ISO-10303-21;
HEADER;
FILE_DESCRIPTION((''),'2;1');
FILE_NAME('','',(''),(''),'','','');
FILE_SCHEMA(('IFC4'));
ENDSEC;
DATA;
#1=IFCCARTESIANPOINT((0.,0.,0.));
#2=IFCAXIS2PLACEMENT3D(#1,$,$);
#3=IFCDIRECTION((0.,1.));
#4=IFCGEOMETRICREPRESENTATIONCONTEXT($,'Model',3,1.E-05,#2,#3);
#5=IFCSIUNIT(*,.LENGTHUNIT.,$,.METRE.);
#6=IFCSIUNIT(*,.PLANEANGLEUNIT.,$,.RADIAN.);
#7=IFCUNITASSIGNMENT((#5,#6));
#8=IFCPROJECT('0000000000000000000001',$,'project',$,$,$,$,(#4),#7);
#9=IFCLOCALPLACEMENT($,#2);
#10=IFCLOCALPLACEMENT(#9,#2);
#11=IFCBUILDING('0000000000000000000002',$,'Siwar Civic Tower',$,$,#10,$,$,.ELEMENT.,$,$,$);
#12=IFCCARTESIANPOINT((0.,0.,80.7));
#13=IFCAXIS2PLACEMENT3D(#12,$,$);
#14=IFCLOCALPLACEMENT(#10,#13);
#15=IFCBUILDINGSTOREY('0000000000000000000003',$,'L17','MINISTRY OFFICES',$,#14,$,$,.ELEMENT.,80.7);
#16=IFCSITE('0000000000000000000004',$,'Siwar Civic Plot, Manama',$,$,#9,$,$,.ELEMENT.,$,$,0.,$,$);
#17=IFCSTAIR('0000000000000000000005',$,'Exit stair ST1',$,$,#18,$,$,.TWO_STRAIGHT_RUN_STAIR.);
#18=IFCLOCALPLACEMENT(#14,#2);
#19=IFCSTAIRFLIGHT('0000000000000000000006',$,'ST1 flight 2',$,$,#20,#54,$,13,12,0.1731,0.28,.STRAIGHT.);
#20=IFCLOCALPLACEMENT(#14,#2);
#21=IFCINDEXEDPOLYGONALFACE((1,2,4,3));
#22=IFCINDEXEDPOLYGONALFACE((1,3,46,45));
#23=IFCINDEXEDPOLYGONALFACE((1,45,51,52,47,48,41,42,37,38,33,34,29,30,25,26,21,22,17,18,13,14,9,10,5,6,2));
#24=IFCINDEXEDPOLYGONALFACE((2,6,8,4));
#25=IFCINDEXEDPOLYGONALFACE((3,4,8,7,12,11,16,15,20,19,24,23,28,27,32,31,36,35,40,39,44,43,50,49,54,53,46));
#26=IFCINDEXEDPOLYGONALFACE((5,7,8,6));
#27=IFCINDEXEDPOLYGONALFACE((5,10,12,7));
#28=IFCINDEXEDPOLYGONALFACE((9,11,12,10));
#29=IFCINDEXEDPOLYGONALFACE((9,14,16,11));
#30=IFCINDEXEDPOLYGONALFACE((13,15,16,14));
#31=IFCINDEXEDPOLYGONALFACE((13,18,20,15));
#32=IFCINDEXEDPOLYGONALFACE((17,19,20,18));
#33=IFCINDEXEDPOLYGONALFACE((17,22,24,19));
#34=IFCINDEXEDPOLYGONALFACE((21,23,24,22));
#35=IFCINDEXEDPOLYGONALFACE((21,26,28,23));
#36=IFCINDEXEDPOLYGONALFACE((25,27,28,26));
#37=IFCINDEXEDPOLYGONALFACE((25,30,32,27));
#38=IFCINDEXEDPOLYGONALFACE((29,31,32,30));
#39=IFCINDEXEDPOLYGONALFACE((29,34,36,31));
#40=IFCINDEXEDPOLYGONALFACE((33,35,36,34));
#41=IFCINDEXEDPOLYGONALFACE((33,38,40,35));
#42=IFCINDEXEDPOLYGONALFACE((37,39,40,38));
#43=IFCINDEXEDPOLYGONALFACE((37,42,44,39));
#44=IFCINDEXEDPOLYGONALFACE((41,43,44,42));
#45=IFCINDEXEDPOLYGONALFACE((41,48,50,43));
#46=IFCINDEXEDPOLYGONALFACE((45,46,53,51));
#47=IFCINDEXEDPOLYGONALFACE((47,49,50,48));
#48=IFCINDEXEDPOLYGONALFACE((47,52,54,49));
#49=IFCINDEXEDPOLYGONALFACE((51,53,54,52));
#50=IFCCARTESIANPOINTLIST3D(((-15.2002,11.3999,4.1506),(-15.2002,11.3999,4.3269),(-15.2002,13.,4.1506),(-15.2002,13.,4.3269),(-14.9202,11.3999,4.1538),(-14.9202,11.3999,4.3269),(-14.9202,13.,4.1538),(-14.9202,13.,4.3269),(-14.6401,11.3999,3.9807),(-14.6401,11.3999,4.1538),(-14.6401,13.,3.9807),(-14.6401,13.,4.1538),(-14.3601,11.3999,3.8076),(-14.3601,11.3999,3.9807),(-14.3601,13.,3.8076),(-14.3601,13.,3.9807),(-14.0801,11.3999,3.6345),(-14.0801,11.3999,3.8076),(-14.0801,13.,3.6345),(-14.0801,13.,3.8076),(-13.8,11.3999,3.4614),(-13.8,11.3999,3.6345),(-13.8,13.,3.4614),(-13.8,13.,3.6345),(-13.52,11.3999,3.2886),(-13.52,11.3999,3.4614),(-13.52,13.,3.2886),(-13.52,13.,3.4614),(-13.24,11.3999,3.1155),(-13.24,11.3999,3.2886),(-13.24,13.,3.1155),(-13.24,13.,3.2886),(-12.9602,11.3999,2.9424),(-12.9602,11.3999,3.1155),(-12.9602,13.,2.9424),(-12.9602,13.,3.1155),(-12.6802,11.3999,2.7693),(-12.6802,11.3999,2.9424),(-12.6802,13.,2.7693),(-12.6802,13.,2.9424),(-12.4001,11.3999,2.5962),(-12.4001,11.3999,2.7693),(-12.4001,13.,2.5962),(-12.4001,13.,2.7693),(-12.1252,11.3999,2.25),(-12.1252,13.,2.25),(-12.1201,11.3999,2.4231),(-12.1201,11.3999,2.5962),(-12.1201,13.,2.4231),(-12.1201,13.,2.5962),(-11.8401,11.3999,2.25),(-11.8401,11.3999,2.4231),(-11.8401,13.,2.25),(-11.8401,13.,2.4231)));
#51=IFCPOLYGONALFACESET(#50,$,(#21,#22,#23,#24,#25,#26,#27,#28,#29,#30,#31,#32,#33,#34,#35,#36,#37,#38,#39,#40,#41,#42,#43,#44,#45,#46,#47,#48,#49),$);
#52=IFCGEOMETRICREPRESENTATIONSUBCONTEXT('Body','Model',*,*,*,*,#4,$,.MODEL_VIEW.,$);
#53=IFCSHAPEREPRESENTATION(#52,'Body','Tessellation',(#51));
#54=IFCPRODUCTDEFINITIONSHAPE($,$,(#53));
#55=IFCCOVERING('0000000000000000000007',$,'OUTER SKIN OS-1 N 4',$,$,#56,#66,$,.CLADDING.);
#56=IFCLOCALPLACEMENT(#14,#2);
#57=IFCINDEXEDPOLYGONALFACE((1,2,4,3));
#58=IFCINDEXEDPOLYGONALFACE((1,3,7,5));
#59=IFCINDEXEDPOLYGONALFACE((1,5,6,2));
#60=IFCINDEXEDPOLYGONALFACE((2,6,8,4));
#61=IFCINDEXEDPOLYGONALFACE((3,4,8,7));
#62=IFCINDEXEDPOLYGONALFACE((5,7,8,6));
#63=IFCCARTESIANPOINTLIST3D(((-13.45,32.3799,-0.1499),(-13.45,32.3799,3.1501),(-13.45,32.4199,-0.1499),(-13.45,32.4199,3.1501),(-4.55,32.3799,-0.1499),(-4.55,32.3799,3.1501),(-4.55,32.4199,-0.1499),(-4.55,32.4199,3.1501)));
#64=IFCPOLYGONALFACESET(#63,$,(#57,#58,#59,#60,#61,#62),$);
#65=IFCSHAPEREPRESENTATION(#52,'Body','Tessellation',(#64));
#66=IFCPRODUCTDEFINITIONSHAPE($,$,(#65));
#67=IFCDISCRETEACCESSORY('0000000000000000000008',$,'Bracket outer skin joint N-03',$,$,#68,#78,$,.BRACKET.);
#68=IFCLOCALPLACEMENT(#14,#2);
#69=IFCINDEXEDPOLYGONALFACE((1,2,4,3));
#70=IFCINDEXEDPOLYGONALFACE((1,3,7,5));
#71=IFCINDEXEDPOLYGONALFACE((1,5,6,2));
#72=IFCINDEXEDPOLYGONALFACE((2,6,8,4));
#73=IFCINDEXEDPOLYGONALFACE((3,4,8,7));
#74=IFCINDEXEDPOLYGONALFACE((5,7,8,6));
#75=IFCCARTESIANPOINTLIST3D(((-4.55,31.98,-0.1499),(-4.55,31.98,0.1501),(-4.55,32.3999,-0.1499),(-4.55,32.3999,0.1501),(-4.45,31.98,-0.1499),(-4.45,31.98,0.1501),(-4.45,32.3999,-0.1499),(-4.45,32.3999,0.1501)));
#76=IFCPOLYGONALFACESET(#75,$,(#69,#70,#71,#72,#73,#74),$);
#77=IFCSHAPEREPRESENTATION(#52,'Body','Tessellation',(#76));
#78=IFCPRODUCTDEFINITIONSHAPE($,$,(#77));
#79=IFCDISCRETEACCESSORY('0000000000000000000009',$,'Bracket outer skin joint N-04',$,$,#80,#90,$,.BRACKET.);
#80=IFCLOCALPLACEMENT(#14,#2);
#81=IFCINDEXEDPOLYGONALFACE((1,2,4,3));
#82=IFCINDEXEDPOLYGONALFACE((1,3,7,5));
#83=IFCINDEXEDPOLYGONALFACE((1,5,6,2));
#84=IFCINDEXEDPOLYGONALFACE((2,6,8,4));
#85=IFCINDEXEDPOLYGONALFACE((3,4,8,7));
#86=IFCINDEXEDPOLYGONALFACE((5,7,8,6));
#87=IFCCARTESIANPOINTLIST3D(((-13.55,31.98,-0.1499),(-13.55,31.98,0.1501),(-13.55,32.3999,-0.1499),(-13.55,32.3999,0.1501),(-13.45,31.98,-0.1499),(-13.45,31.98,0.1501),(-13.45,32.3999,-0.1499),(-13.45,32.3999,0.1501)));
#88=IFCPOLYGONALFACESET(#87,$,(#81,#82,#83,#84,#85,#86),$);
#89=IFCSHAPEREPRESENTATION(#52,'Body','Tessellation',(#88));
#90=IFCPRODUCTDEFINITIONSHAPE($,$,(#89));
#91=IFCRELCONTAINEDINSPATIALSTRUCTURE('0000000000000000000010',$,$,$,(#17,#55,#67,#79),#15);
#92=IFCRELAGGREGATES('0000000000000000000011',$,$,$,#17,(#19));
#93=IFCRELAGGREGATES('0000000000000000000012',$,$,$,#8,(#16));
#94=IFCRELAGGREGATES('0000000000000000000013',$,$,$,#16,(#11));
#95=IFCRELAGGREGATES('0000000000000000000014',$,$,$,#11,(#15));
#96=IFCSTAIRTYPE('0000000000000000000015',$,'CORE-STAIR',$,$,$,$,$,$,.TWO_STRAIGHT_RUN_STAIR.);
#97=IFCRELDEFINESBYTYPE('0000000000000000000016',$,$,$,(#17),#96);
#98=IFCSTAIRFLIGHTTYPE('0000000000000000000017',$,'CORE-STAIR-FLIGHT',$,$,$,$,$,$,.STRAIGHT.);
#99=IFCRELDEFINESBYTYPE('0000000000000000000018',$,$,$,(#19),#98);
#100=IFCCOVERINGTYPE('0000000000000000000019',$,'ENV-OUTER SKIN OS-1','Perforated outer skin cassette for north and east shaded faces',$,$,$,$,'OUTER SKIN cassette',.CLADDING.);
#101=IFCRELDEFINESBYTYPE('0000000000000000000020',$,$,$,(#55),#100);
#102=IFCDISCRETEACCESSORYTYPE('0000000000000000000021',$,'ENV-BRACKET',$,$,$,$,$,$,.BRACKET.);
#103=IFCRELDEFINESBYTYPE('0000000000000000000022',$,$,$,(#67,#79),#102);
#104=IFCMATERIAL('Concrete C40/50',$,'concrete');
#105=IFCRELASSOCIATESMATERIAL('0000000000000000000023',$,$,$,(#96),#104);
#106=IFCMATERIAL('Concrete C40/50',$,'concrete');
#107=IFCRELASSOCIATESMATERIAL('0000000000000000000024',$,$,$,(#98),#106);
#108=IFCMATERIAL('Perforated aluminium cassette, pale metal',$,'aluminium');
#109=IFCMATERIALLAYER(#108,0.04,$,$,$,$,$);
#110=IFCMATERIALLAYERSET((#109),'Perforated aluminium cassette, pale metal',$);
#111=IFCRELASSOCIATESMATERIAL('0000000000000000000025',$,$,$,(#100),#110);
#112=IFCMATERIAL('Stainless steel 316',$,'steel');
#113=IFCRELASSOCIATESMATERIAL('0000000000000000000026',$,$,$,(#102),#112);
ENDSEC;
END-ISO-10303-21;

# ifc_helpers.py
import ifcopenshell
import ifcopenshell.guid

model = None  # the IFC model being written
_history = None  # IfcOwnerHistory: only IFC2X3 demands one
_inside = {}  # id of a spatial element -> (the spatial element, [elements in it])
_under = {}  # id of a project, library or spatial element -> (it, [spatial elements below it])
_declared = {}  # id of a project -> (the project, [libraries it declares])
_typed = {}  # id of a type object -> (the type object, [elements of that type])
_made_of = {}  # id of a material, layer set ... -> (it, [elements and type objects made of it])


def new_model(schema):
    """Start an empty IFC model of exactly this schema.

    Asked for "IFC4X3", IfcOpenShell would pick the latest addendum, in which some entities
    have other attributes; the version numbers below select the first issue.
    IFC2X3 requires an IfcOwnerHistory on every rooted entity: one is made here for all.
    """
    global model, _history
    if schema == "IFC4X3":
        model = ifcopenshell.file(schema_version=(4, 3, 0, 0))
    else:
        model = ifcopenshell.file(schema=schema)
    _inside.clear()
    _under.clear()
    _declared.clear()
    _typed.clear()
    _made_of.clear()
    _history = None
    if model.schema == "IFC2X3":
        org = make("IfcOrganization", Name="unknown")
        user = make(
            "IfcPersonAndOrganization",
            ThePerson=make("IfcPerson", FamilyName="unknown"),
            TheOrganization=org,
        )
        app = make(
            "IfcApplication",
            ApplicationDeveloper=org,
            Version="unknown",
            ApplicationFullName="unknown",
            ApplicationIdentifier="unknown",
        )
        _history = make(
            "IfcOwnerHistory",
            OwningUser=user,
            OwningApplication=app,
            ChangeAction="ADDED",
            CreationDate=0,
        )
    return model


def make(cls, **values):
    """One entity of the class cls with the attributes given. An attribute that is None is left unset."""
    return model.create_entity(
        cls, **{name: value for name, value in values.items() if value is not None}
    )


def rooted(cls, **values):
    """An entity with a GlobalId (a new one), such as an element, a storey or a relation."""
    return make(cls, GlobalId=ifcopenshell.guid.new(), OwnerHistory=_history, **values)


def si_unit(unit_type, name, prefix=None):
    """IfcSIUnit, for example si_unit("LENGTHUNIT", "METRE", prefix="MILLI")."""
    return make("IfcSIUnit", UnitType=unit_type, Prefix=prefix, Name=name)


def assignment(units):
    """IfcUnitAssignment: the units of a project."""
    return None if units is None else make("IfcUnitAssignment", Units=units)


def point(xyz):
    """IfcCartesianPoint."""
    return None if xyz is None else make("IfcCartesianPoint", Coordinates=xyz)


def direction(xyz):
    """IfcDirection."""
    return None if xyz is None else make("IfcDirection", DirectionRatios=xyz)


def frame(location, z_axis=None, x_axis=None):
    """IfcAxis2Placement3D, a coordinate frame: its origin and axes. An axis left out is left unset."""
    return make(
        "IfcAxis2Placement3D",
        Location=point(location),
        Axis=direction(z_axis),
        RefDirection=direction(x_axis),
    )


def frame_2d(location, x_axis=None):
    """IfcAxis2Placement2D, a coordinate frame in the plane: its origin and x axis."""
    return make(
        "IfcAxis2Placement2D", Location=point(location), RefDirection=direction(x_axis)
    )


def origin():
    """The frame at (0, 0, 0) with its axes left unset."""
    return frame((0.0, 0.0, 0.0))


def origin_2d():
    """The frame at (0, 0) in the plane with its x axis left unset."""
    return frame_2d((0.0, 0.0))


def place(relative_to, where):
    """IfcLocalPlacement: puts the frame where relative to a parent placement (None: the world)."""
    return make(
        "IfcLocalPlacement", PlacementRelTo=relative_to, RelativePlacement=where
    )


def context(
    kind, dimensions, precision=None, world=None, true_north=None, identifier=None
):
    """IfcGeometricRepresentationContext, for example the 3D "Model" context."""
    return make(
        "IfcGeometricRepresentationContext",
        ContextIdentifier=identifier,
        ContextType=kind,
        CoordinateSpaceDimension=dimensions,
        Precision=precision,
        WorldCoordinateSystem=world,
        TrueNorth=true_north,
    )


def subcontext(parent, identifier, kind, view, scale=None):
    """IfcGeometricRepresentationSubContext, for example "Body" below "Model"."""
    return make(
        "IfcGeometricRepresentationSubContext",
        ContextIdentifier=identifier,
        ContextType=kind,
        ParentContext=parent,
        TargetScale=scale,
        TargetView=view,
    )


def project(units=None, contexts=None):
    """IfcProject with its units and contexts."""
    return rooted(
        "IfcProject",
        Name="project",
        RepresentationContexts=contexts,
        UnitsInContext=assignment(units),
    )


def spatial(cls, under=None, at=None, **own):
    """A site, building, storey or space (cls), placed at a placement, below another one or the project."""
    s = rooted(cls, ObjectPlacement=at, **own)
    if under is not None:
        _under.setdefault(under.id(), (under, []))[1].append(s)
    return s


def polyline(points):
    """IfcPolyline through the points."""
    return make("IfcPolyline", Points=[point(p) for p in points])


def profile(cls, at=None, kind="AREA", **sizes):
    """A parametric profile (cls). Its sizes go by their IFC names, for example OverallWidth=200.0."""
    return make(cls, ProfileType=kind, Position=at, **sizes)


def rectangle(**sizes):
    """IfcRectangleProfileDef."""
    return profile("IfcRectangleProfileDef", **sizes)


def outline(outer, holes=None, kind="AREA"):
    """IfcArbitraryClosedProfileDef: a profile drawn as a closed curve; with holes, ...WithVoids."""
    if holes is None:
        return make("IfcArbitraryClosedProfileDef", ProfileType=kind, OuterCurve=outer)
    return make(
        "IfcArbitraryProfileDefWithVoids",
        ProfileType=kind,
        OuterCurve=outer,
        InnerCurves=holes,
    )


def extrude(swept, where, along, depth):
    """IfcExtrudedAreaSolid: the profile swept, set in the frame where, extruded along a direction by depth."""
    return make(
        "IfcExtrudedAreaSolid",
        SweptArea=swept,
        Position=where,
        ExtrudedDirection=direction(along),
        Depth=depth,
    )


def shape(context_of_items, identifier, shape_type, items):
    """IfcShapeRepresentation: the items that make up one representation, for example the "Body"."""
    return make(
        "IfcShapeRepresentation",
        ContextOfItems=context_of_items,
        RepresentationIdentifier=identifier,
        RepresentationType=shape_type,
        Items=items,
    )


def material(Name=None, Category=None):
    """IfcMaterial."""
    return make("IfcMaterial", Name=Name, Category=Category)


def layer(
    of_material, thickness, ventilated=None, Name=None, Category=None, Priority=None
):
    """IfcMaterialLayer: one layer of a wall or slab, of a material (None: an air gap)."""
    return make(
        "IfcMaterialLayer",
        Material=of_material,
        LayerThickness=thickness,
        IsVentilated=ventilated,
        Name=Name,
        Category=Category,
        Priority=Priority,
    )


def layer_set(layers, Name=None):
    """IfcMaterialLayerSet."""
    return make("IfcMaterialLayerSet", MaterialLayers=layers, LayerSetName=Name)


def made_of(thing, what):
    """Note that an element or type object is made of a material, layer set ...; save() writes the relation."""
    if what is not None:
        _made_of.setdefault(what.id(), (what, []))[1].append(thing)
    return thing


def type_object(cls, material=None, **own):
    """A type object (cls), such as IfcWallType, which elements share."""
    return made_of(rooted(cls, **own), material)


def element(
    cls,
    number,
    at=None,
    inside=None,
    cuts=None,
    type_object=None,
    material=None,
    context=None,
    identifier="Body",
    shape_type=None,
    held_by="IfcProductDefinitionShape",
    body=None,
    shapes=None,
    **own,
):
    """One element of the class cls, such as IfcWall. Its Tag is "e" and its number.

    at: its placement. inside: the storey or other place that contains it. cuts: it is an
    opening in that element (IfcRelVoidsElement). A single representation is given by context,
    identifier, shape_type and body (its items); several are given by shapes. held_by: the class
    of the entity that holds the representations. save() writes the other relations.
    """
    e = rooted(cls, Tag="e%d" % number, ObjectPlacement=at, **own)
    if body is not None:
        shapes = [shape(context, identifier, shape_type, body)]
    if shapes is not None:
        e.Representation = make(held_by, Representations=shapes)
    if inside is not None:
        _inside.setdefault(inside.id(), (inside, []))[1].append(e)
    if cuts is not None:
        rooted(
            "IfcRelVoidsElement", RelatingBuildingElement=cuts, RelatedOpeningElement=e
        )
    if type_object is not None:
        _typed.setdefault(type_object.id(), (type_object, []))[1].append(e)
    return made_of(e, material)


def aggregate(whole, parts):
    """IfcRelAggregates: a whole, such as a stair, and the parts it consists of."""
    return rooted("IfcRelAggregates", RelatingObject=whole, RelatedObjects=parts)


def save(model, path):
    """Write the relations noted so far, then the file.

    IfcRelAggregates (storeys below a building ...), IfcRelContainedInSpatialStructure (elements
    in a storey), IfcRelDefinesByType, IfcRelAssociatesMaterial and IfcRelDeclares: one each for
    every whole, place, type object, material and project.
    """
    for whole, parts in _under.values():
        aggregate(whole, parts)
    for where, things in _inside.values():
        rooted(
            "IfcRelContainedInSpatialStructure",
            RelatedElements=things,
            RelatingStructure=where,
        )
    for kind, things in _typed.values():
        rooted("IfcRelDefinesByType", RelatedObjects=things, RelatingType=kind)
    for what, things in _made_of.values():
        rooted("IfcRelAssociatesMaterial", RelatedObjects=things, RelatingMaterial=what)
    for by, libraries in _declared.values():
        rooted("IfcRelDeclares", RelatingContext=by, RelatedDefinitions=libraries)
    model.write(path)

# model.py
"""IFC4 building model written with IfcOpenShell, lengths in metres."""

from ifc_helpers import new_model, si_unit, direction, frame, origin, origin_2d, place, context, subcontext, project, spatial, polyline, rectangle, outline, extrude, material, layer, layer_set, type_object, element, aggregate, save


model = new_model("IFC4")

# Units and contexts
model_context = context("Model", 3, precision=1e-05, world=origin(), true_north=direction((0.0, 1.0)))
body_context = subcontext(model_context, "Body", "Model", "MODEL_VIEW")
ifc_project = project(units=[si_unit("LENGTHUNIT", "METRE"), si_unit("PLANEANGLEUNIT", "RADIAN")], contexts=[model_context])

# Site, building, storey
site_placement = place(None, origin())
site = spatial("IfcSite", under=ifc_project, at=site_placement, Name="Siwar Civic Plot, Manama", CompositionType="ELEMENT", RefElevation=0.0)
building_placement = place(site_placement, origin())
building = spatial("IfcBuilding", under=site, at=building_placement, Name="Siwar Civic Tower", CompositionType="ELEMENT")
storey_placement = place(building_placement, frame((0.0, 0.0, 80.7)))
storey = spatial("IfcBuildingStorey", under=building, at=storey_placement, Name="L17", Description="MINISTRY OFFICES", CompositionType="ELEMENT", Elevation=80.7)

# Stair, stair flight
ifc_material_1 = material(Name="Concrete C40/50", Category="concrete")
stair_type = type_object("IfcStairType", Name="CORE-STAIR", PredefinedType="TWO_STRAIGHT_RUN_STAIR", material=ifc_material_1)
stair_placement = place(storey_placement, origin())
stair = element("IfcStair", 1, at=stair_placement, inside=storey, type_object=stair_type, Name="Exit stair ST1", PredefinedType="TWO_STRAIGHT_RUN_STAIR")
ifc_material_2 = material(Name="Concrete C40/50", Category="concrete")
stair_flight_type = type_object("IfcStairFlightType", Name="CORE-STAIR-FLIGHT", PredefinedType="STRAIGHT", material=ifc_material_2)
stair_flight_placement = place(storey_placement, frame((-11.8401, 12.2, 2.25), z_axis=(0.0, 0.0, 1.0), x_axis=(-1.0, 0.0, 0.0)))
stair_flight = element("IfcStairFlight", 2, at=stair_flight_placement, type_object=stair_flight_type, Name="ST1 flight 2", NumberOfRisers=13, NumberOfTreads=12, PredefinedType="STRAIGHT", RiserHeight=0.1731, TreadLength=0.28, context=body_context, shape_type="SweptSolid", body=[
    extrude(outline(polyline([(0.0, 0.0), (0.0, 0.1731), (0.28, 0.1731), (0.28, 0.3462), (0.5601, 0.3462), (0.5601, 0.5193), (0.8401, 0.5193), (0.8401, 0.6924), (1.1201, 0.6924), (1.1201, 0.8655), (1.3999, 0.8655), (1.3999, 1.0386), (1.6799, 1.0386), (1.6799, 1.2114), (1.96, 1.2114), (1.96, 1.3845), (2.24, 1.3845), (2.24, 1.5576), (2.52, 1.5576), (2.52, 1.7307), (2.8, 1.7307), (2.8, 1.9038), (3.0801, 1.9038), (3.0801, 2.0769), (3.3601, 2.0769), (3.3601, 2.25), (3.3601, 1.9006), (0.2852, 0.0), (0.0, 0.0)])), frame((0.0, 0.8, 0.0), z_axis=(0.0, -1.0, 0.0), x_axis=(1.0, 0.0, 0.0)), (0.0, 0.0, 1.0), 1.6001),
])
aggregate(stair, [stair_flight])

# Covering
ifc_material_3 = material(Name="Perforated aluminium cassette, pale metal", Category="aluminium")
ifc_layer_1 = layer(ifc_material_3, 0.04)
ifc_layer_set_1 = layer_set([ifc_layer_1], Name="Perforated aluminium cassette, pale metal")
covering_type = type_object("IfcCoveringType", Name="ENV-OUTER SKIN OS-1", Description="Perforated outer skin cassette for north and east shaded faces", ElementType="OUTER SKIN cassette", PredefinedType="CLADDING", material=ifc_layer_set_1)
covering_placement = place(storey_placement, frame((-9.0, 32.3999, -0.1499), z_axis=(0.0, 0.0, 1.0), x_axis=(-1.0, 0.0, 0.0)))
element("IfcCovering", 3, at=covering_placement, inside=storey, type_object=covering_type, Name="OUTER SKIN OS-1 N 4", PredefinedType="CLADDING", context=body_context, shape_type="SweptSolid", body=[
    extrude(rectangle(XDim=8.8999, YDim=0.04, at=origin_2d()), origin(), (0.0, 0.0, 1.0), 3.3),
])

# Discrete accessories
ifc_material_4 = material(Name="Stainless steel 316", Category="steel")
discrete_accessory_type = type_object("IfcDiscreteAccessoryType", Name="ENV-BRACKET", PredefinedType="BRACKET", material=ifc_material_4)
for number, where, z_axis, x_axis, name in (
    (4, (-4.5, 32.1899, -0.1499), (0.0, 0.0, 1.0), (0.0, 1.0, 0.0), "Bracket outer skin joint N-03"),
    (5, (-13.5, 32.1899, -0.1499), (0.0, 0.0, 1.0), (0.0, 1.0, 0.0), "Bracket outer skin joint N-04"),
):
    element("IfcDiscreteAccessory", number, at=place(storey_placement, frame(where, z_axis=z_axis, x_axis=x_axis)), inside=storey, type_object=discrete_accessory_type, Name=name, PredefinedType="BRACKET", context=body_context, shape_type="SweptSolid", body=[
        extrude(rectangle(XDim=0.4199, YDim=0.1001, at=origin_2d()), origin(), (0.0, 0.0, 1.0), 0.3),
    ])

save(model, "model.ifc")
